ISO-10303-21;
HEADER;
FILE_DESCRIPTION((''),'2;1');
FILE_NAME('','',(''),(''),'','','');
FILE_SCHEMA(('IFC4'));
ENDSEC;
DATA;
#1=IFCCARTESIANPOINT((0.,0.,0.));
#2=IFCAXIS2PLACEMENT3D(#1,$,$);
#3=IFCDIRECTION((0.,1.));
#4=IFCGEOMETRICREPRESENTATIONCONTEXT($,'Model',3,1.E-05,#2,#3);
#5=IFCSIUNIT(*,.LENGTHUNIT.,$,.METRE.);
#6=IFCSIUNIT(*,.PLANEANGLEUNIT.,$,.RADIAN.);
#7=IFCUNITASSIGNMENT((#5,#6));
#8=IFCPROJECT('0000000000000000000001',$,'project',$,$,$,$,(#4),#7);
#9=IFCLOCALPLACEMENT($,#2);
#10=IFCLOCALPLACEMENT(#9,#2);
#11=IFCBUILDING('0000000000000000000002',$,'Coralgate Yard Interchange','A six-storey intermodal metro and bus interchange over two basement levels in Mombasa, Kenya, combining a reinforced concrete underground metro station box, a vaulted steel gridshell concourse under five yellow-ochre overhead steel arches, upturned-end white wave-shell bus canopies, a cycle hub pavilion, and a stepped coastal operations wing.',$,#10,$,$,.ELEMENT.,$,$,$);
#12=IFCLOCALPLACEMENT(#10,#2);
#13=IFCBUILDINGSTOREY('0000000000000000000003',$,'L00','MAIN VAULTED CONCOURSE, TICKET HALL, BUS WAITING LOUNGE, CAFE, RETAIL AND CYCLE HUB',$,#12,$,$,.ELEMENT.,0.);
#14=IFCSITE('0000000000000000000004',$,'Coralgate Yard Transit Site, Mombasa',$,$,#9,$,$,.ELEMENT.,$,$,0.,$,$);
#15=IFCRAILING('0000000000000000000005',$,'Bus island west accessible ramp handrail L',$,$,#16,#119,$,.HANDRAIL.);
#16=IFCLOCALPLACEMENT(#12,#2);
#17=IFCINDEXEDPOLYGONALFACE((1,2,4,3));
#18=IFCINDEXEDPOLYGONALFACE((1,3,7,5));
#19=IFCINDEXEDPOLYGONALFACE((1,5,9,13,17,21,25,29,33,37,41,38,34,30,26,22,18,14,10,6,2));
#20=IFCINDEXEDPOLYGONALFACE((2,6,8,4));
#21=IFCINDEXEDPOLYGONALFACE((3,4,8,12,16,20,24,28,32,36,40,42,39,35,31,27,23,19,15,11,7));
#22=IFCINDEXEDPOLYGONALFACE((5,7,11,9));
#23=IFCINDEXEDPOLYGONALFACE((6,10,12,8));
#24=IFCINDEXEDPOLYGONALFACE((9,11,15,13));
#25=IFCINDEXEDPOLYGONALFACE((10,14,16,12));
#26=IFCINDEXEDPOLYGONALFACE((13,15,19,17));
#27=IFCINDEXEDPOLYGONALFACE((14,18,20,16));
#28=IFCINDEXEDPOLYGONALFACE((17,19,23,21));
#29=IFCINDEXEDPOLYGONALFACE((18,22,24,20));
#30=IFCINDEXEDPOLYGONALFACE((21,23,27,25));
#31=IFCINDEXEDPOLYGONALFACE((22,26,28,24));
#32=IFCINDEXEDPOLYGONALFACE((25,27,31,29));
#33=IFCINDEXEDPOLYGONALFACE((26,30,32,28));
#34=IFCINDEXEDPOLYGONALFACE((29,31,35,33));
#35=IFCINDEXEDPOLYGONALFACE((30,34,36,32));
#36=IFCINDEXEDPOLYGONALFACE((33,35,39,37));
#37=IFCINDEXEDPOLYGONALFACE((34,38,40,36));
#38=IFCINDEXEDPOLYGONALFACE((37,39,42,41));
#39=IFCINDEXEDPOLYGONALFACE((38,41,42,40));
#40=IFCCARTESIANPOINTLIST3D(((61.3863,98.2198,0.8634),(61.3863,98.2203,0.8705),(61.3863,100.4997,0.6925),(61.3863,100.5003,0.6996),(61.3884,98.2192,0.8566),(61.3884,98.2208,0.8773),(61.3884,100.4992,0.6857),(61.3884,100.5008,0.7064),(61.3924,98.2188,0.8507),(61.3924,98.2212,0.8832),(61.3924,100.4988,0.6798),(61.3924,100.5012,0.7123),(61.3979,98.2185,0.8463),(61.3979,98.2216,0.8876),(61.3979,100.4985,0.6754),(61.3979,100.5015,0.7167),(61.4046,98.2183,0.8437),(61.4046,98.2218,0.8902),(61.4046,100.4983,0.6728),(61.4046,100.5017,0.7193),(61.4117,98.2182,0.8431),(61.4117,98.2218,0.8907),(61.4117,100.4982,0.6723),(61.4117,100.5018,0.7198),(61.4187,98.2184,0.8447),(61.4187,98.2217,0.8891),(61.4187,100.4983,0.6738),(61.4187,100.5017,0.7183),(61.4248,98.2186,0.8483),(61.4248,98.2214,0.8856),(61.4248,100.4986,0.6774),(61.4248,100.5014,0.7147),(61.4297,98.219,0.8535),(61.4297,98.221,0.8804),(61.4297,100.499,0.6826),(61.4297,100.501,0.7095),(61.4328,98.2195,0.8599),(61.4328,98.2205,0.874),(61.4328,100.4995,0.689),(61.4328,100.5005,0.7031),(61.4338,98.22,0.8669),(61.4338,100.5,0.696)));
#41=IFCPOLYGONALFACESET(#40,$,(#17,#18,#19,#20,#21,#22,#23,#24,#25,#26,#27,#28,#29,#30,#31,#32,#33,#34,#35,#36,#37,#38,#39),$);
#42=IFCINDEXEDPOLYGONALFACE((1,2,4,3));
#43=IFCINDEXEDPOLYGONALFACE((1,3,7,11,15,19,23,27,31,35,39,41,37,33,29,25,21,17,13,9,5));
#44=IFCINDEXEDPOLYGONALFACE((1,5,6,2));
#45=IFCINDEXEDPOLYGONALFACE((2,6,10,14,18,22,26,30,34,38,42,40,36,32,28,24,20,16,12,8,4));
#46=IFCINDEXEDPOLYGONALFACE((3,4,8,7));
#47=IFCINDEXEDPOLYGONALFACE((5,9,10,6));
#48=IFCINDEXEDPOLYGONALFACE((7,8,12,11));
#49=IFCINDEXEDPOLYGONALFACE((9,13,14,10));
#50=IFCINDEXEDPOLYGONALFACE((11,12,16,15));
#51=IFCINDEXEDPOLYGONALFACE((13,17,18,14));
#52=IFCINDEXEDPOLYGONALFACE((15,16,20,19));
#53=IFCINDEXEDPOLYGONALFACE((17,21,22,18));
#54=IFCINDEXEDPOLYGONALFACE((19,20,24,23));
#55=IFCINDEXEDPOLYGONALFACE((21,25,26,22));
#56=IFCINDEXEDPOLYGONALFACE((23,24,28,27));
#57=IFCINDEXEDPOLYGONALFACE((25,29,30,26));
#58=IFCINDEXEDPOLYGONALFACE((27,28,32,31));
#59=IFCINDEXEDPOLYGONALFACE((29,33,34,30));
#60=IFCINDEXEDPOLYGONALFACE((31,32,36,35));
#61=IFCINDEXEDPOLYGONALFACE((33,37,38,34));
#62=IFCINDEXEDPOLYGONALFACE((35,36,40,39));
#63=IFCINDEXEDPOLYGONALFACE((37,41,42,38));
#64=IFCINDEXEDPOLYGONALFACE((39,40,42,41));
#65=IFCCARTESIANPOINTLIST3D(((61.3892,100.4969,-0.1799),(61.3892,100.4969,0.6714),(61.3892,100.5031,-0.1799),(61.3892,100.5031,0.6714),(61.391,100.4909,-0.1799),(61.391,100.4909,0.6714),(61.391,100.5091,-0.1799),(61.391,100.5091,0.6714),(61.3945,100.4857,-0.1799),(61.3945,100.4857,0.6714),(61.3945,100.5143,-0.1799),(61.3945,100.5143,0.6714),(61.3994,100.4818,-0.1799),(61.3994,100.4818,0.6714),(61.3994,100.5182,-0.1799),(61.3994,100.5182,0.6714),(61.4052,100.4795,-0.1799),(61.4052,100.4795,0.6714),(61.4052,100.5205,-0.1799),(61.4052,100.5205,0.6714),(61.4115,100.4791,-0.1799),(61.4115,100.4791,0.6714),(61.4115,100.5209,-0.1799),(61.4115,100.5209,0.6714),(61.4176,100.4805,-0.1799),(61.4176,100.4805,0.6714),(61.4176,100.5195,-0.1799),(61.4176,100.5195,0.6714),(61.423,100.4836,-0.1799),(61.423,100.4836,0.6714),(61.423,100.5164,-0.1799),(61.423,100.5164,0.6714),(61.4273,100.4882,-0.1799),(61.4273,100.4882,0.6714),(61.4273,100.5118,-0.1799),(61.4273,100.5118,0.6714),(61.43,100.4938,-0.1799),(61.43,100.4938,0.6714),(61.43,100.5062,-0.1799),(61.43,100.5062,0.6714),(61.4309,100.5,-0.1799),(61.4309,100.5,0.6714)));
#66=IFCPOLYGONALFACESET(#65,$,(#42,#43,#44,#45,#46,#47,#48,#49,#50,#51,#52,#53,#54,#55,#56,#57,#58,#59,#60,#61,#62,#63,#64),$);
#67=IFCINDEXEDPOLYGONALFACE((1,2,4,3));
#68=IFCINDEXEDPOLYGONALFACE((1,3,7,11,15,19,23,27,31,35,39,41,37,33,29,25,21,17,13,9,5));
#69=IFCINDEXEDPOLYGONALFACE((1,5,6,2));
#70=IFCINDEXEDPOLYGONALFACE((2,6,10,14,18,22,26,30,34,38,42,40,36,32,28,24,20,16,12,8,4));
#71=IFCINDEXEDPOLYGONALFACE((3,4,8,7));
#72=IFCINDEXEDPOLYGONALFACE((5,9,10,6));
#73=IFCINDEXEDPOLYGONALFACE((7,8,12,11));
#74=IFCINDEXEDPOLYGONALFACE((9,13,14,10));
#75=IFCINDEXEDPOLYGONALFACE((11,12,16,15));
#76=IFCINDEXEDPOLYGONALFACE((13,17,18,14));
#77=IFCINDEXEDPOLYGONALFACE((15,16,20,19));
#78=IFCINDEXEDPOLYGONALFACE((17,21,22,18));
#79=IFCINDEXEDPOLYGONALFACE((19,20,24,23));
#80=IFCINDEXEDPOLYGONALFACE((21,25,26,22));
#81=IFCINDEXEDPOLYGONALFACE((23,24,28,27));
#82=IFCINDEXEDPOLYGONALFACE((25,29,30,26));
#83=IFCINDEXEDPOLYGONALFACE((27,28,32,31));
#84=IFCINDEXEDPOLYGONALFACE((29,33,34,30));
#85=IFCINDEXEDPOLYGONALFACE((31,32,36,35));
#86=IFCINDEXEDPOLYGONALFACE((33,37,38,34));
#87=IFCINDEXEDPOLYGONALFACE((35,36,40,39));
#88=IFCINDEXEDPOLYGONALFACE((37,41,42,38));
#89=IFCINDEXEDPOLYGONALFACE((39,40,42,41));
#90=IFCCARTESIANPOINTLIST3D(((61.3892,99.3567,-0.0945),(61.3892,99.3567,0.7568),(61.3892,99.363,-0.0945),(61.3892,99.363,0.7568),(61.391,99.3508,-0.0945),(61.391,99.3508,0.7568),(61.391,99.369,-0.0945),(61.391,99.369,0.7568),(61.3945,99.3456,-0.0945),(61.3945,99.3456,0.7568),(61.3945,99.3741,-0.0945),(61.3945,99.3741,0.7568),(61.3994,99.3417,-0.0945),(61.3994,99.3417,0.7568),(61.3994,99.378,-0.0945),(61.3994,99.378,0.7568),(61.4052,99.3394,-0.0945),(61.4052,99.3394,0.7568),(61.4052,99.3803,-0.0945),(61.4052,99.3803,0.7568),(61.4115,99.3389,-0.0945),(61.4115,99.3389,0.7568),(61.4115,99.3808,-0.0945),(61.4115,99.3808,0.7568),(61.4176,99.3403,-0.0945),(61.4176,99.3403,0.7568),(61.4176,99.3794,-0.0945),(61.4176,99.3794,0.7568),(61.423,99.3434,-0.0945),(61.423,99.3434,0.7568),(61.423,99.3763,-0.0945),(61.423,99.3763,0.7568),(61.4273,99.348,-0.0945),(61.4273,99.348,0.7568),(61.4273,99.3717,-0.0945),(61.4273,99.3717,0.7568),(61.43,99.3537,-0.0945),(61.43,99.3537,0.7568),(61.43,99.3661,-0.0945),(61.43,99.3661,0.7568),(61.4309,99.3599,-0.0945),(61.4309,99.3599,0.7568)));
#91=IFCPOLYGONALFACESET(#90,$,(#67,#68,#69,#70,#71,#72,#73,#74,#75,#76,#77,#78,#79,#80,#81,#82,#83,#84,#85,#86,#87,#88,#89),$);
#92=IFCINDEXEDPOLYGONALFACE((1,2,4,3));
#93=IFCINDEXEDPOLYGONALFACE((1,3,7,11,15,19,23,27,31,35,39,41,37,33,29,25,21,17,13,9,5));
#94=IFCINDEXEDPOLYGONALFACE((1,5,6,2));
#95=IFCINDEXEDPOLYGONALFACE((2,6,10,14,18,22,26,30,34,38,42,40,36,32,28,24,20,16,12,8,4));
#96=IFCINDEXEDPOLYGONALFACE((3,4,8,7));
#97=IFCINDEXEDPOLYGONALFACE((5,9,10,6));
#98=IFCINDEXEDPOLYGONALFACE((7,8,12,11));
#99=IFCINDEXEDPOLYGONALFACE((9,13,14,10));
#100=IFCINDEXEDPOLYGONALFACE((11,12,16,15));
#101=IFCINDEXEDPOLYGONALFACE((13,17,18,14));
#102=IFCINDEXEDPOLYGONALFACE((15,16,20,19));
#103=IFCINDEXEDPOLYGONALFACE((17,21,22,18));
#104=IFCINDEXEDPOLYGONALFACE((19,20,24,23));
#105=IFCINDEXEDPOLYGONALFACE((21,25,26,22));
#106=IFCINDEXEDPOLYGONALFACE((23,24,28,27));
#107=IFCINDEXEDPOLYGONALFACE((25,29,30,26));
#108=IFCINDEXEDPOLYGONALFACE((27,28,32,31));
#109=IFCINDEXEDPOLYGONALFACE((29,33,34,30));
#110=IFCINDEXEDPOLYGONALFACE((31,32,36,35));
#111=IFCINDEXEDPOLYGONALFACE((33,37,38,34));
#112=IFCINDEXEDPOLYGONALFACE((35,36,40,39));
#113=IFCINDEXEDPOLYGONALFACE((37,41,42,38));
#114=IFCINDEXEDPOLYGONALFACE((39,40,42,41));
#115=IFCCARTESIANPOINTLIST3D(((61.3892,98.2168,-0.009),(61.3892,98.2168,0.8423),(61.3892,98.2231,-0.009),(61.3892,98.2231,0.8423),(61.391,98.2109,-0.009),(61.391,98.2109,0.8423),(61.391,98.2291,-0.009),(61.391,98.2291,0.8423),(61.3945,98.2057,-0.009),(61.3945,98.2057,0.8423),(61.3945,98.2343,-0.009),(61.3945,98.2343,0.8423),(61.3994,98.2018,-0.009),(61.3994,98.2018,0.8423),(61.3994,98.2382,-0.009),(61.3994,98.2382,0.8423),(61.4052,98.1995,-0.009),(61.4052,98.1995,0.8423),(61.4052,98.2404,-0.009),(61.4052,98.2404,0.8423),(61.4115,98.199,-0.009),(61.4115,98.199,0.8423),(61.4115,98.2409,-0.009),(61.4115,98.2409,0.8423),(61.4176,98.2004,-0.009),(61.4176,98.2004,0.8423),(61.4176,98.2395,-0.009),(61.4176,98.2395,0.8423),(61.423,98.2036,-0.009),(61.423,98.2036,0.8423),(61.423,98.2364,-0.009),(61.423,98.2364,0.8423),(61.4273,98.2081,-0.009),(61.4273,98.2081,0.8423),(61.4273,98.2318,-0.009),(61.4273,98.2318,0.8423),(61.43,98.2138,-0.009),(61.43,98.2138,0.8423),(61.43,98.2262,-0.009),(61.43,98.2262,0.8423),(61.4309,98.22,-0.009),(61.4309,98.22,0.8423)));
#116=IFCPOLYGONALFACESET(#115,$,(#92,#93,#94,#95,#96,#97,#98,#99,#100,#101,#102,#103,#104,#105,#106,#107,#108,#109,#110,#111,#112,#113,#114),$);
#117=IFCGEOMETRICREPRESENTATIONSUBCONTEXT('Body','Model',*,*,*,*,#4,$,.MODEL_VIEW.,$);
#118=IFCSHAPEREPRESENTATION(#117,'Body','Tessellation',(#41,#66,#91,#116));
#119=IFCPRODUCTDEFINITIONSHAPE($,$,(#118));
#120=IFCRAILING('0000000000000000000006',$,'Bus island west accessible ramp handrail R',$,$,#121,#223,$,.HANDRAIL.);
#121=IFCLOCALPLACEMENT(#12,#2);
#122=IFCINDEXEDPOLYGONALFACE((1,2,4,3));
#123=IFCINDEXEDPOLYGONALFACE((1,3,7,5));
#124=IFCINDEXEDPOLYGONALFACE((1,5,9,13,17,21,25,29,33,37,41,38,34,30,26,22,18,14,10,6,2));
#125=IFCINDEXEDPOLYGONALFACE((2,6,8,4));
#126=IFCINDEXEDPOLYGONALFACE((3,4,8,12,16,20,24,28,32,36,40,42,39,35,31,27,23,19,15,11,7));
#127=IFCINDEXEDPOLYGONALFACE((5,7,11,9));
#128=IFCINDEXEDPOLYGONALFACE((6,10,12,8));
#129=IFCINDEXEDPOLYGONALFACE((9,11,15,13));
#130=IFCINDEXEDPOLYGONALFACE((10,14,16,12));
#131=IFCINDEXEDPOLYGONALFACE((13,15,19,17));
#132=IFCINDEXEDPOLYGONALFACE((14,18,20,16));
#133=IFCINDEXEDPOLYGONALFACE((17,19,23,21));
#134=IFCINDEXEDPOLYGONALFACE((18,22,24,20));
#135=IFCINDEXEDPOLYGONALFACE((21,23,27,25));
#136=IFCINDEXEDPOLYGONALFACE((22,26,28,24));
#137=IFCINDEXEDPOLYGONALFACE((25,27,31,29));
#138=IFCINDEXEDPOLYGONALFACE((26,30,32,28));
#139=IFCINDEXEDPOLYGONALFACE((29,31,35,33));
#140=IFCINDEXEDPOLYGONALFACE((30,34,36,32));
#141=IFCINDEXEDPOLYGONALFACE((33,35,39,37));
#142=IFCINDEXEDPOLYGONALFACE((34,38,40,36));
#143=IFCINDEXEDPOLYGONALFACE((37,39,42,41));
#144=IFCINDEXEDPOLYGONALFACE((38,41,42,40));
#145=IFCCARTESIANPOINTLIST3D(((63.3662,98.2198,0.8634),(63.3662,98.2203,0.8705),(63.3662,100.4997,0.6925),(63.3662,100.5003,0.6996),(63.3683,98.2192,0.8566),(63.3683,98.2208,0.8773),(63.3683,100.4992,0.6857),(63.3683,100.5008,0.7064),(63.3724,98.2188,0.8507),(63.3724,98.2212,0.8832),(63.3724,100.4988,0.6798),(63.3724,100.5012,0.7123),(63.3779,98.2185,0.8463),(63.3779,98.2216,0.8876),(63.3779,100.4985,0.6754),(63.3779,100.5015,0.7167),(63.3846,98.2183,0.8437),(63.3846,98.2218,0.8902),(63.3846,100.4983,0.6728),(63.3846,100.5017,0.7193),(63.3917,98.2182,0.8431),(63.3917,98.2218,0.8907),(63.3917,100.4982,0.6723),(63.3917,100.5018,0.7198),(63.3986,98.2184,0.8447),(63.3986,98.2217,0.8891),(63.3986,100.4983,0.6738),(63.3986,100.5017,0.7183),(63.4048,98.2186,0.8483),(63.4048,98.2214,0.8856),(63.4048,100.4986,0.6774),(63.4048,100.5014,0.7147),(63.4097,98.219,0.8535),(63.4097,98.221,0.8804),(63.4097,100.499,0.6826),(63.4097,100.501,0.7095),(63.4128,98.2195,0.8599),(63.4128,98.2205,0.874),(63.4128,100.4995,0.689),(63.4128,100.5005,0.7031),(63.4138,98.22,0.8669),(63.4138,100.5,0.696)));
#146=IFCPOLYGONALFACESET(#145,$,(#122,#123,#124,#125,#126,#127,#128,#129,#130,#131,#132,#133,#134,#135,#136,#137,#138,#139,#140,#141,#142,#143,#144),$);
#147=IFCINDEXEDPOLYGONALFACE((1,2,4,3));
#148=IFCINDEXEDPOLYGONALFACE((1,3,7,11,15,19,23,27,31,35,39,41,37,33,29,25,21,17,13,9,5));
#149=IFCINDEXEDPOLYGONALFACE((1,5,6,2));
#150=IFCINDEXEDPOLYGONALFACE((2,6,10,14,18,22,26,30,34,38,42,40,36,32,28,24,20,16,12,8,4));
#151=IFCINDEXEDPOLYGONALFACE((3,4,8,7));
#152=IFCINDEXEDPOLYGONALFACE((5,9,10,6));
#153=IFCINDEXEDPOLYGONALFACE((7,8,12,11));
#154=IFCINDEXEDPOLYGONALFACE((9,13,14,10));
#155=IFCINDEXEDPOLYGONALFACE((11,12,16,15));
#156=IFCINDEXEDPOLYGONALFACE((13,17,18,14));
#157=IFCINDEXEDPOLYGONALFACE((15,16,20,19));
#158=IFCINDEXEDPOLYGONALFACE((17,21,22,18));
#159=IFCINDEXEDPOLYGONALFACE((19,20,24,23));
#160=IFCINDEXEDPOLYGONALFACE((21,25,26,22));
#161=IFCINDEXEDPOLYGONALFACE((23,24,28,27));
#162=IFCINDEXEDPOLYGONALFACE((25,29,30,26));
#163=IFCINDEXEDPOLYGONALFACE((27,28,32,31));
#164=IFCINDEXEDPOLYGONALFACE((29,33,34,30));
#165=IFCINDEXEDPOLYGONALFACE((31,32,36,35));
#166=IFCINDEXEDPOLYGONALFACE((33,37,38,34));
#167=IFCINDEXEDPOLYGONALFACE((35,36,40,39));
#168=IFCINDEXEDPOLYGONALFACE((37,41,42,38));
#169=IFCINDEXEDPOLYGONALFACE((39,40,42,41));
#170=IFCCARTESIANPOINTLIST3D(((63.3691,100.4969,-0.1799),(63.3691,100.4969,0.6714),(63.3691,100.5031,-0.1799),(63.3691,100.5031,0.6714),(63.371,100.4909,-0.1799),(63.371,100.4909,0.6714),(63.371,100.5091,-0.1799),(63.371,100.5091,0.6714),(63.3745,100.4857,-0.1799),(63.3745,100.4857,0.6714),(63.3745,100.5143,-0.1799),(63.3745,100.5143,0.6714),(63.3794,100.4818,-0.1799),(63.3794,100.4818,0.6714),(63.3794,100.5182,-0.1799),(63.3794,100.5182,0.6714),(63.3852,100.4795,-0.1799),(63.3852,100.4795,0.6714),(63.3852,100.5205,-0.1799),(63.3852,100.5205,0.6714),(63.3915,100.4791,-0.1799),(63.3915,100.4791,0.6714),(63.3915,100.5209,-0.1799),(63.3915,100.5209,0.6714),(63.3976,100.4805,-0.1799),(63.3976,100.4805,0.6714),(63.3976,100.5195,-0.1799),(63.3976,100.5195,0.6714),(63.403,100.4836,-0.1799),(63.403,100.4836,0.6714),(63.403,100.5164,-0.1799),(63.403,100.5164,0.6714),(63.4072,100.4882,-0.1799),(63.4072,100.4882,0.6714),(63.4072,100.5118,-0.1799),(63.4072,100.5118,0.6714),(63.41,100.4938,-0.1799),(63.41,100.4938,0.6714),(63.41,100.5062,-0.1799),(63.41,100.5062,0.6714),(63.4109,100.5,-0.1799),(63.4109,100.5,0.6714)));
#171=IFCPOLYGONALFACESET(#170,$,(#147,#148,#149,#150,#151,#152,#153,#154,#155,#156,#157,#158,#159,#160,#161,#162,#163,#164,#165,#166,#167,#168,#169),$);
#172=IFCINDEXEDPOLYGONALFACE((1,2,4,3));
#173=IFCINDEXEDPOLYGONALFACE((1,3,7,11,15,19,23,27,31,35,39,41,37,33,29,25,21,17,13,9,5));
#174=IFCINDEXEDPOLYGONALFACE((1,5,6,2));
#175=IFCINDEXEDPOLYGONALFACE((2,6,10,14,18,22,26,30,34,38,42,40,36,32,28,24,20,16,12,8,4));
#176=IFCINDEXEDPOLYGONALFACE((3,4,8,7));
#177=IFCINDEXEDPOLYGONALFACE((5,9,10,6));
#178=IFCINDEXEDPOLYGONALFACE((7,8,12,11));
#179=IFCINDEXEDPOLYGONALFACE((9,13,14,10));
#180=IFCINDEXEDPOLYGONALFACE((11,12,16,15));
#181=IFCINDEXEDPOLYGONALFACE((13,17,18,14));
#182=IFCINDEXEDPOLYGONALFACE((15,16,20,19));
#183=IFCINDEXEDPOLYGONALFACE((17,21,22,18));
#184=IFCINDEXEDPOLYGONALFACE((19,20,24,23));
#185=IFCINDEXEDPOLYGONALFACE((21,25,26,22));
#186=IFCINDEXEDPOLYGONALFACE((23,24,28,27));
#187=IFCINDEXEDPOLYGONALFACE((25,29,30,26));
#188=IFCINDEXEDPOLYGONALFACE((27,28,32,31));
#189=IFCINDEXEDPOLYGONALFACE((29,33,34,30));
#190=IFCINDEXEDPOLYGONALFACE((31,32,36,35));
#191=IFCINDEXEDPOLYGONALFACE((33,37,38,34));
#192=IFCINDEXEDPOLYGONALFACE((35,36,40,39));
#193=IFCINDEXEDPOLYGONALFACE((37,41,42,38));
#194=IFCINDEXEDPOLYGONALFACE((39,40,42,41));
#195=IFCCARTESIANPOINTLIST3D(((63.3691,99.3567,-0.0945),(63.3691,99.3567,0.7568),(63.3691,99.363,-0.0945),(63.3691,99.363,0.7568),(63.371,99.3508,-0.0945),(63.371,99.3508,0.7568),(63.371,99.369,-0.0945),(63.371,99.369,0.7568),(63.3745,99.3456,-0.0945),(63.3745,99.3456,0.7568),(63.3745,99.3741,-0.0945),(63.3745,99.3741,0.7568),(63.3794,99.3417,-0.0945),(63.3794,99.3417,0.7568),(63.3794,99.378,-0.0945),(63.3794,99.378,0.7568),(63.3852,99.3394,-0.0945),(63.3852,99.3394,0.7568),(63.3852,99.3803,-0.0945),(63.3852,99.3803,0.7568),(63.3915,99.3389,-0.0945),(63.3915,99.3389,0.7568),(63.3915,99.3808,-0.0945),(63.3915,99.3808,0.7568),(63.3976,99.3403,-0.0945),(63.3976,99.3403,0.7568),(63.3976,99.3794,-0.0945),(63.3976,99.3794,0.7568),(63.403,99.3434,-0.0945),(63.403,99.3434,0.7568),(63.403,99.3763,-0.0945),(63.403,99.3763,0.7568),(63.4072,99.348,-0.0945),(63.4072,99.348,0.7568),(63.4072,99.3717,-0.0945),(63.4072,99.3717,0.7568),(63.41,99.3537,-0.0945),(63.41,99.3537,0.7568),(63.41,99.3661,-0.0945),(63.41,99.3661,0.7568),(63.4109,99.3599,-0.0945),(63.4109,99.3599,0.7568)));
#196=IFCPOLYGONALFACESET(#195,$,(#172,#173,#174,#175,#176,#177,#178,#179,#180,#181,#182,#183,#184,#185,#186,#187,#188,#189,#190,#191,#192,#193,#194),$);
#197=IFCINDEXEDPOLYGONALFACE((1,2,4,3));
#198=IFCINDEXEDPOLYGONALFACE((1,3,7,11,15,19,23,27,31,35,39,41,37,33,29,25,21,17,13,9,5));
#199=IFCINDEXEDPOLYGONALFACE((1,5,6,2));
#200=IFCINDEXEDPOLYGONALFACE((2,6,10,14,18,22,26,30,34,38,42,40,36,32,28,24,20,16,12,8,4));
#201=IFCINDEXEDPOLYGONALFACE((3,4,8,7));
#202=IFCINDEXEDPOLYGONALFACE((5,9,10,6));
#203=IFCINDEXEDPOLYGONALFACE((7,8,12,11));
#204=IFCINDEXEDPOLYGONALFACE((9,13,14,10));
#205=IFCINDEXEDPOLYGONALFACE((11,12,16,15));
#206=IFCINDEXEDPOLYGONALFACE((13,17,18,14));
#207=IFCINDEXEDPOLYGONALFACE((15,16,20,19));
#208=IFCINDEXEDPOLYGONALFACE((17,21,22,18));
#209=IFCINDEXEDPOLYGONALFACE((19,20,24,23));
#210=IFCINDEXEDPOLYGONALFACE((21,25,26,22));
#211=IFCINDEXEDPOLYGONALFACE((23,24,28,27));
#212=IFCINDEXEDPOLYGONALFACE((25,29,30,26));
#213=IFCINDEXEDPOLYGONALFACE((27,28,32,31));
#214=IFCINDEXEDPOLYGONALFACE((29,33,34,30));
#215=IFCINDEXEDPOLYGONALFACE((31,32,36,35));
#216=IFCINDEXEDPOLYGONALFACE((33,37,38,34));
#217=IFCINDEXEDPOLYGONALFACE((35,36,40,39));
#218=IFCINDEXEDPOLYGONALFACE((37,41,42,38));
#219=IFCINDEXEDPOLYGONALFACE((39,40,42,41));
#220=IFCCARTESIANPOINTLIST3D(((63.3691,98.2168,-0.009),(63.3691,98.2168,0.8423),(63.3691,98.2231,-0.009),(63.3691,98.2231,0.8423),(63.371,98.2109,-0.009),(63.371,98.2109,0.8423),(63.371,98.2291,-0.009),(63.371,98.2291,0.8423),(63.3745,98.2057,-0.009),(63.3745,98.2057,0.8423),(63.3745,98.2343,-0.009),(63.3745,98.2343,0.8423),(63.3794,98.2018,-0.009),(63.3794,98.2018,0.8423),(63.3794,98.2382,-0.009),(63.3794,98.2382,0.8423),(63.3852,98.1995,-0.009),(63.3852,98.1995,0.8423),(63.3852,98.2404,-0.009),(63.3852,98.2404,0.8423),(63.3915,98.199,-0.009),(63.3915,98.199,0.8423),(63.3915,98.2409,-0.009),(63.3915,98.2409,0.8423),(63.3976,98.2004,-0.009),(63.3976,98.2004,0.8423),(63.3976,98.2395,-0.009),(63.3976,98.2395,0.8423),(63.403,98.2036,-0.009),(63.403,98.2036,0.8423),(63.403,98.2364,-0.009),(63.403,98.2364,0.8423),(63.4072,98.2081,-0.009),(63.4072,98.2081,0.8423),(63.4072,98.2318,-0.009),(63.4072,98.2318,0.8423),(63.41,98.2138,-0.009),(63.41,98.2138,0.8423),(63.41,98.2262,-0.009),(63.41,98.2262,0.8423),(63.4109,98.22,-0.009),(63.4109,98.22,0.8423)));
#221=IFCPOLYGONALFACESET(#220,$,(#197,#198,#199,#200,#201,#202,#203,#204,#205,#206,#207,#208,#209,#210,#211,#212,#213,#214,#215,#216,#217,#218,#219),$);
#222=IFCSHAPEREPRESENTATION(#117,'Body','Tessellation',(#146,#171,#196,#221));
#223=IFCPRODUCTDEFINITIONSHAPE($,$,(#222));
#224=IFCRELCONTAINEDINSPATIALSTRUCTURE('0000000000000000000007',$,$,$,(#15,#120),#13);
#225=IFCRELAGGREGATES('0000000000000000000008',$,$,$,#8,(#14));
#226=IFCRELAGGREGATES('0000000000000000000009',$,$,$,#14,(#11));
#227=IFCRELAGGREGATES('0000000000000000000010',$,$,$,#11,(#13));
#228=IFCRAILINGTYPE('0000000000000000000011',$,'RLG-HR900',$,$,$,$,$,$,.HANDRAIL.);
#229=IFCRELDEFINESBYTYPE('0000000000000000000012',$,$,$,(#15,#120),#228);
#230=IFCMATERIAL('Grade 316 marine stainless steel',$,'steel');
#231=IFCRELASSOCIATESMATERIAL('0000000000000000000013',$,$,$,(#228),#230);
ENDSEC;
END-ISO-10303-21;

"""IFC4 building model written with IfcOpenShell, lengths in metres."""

from ifc_helpers import new_model, si_unit, direction, frame, origin, origin_2d, place, context, subcontext, project, spatial, circle, extrude, material, type_object, element, save


model = new_model("IFC4")

# Units and contexts
model_context = context("Model", 3, precision=1e-05, world=origin(), true_north=direction((0.0, 1.0)))
body_context = subcontext(model_context, "Body", "Model", "MODEL_VIEW")
ifc_project = project(units=[si_unit("LENGTHUNIT", "METRE"), si_unit("PLANEANGLEUNIT", "RADIAN")], contexts=[model_context])

# Site, building, storey
site_placement = place(None, origin())
site = spatial("IfcSite", under=ifc_project, at=site_placement, Name="Coralgate Yard Transit Site, Mombasa", CompositionType="ELEMENT", RefElevation=0.0)
building_placement = place(site_placement, origin())
building = spatial("IfcBuilding", under=site, at=building_placement, Name="Coralgate Yard Interchange", Description="A six-storey intermodal metro and bus interchange over two basement levels in Mombasa, Kenya, combining a reinforced concrete underground metro station box, a vaulted steel gridshell concourse under five yellow-ochre overhead steel arches, upturned-end white wave-shell bus canopies, a cycle hub pavilion, and a stepped coastal operations wing.", CompositionType="ELEMENT")
storey_placement = place(building_placement, origin())
storey = spatial("IfcBuildingStorey", under=building, at=storey_placement, Name="L00", Description="MAIN VAULTED CONCOURSE, TICKET HALL, BUS WAITING LOUNGE, CAFE, RETAIL AND CYCLE HUB", CompositionType="ELEMENT", Elevation=0.0)

# Railings
ifc_material_1 = material(Name="Grade 316 marine stainless steel", Category="steel")
railing_type = type_object("IfcRailingType", Name="RLG-HR900", PredefinedType="HANDRAIL", material=ifc_material_1)
for number, where, name in (
    (1, (61.4099, 100.5, -0.1799), "Bus island west accessible ramp handrail L"),
    (2, (63.3899, 100.5, -0.1799), "Bus island west accessible ramp handrail R"),
):
    element("IfcRailing", number, at=place(storey_placement, frame(where)), inside=storey, type_object=railing_type, Name=name, PredefinedType="HANDRAIL", context=body_context, shape_type="SweptSolid", body=[
        extrude(circle(Radius=0.0239, at=origin_2d()), frame((0.0, 0.0, 0.876), z_axis=(0.0, -0.997203, 0.074745), x_axis=(1.0, 0.0, 0.0)), (0.0, 0.0, 1.0), 2.2864),
        extrude(circle(Radius=0.021, at=origin_2d()), origin(), (0.0, 0.0, 1.0), 0.8513),
        extrude(circle(Radius=0.021, at=origin_2d()), frame((0.0, -1.1401, 0.0854)), (0.0, 0.0, 1.0), 0.8513),
        extrude(circle(Radius=0.021, at=origin_2d()), frame((0.0, -2.28, 0.1709)), (0.0, 0.0, 1.0), 0.8513),
    ])

save(model, "model.ifc")
